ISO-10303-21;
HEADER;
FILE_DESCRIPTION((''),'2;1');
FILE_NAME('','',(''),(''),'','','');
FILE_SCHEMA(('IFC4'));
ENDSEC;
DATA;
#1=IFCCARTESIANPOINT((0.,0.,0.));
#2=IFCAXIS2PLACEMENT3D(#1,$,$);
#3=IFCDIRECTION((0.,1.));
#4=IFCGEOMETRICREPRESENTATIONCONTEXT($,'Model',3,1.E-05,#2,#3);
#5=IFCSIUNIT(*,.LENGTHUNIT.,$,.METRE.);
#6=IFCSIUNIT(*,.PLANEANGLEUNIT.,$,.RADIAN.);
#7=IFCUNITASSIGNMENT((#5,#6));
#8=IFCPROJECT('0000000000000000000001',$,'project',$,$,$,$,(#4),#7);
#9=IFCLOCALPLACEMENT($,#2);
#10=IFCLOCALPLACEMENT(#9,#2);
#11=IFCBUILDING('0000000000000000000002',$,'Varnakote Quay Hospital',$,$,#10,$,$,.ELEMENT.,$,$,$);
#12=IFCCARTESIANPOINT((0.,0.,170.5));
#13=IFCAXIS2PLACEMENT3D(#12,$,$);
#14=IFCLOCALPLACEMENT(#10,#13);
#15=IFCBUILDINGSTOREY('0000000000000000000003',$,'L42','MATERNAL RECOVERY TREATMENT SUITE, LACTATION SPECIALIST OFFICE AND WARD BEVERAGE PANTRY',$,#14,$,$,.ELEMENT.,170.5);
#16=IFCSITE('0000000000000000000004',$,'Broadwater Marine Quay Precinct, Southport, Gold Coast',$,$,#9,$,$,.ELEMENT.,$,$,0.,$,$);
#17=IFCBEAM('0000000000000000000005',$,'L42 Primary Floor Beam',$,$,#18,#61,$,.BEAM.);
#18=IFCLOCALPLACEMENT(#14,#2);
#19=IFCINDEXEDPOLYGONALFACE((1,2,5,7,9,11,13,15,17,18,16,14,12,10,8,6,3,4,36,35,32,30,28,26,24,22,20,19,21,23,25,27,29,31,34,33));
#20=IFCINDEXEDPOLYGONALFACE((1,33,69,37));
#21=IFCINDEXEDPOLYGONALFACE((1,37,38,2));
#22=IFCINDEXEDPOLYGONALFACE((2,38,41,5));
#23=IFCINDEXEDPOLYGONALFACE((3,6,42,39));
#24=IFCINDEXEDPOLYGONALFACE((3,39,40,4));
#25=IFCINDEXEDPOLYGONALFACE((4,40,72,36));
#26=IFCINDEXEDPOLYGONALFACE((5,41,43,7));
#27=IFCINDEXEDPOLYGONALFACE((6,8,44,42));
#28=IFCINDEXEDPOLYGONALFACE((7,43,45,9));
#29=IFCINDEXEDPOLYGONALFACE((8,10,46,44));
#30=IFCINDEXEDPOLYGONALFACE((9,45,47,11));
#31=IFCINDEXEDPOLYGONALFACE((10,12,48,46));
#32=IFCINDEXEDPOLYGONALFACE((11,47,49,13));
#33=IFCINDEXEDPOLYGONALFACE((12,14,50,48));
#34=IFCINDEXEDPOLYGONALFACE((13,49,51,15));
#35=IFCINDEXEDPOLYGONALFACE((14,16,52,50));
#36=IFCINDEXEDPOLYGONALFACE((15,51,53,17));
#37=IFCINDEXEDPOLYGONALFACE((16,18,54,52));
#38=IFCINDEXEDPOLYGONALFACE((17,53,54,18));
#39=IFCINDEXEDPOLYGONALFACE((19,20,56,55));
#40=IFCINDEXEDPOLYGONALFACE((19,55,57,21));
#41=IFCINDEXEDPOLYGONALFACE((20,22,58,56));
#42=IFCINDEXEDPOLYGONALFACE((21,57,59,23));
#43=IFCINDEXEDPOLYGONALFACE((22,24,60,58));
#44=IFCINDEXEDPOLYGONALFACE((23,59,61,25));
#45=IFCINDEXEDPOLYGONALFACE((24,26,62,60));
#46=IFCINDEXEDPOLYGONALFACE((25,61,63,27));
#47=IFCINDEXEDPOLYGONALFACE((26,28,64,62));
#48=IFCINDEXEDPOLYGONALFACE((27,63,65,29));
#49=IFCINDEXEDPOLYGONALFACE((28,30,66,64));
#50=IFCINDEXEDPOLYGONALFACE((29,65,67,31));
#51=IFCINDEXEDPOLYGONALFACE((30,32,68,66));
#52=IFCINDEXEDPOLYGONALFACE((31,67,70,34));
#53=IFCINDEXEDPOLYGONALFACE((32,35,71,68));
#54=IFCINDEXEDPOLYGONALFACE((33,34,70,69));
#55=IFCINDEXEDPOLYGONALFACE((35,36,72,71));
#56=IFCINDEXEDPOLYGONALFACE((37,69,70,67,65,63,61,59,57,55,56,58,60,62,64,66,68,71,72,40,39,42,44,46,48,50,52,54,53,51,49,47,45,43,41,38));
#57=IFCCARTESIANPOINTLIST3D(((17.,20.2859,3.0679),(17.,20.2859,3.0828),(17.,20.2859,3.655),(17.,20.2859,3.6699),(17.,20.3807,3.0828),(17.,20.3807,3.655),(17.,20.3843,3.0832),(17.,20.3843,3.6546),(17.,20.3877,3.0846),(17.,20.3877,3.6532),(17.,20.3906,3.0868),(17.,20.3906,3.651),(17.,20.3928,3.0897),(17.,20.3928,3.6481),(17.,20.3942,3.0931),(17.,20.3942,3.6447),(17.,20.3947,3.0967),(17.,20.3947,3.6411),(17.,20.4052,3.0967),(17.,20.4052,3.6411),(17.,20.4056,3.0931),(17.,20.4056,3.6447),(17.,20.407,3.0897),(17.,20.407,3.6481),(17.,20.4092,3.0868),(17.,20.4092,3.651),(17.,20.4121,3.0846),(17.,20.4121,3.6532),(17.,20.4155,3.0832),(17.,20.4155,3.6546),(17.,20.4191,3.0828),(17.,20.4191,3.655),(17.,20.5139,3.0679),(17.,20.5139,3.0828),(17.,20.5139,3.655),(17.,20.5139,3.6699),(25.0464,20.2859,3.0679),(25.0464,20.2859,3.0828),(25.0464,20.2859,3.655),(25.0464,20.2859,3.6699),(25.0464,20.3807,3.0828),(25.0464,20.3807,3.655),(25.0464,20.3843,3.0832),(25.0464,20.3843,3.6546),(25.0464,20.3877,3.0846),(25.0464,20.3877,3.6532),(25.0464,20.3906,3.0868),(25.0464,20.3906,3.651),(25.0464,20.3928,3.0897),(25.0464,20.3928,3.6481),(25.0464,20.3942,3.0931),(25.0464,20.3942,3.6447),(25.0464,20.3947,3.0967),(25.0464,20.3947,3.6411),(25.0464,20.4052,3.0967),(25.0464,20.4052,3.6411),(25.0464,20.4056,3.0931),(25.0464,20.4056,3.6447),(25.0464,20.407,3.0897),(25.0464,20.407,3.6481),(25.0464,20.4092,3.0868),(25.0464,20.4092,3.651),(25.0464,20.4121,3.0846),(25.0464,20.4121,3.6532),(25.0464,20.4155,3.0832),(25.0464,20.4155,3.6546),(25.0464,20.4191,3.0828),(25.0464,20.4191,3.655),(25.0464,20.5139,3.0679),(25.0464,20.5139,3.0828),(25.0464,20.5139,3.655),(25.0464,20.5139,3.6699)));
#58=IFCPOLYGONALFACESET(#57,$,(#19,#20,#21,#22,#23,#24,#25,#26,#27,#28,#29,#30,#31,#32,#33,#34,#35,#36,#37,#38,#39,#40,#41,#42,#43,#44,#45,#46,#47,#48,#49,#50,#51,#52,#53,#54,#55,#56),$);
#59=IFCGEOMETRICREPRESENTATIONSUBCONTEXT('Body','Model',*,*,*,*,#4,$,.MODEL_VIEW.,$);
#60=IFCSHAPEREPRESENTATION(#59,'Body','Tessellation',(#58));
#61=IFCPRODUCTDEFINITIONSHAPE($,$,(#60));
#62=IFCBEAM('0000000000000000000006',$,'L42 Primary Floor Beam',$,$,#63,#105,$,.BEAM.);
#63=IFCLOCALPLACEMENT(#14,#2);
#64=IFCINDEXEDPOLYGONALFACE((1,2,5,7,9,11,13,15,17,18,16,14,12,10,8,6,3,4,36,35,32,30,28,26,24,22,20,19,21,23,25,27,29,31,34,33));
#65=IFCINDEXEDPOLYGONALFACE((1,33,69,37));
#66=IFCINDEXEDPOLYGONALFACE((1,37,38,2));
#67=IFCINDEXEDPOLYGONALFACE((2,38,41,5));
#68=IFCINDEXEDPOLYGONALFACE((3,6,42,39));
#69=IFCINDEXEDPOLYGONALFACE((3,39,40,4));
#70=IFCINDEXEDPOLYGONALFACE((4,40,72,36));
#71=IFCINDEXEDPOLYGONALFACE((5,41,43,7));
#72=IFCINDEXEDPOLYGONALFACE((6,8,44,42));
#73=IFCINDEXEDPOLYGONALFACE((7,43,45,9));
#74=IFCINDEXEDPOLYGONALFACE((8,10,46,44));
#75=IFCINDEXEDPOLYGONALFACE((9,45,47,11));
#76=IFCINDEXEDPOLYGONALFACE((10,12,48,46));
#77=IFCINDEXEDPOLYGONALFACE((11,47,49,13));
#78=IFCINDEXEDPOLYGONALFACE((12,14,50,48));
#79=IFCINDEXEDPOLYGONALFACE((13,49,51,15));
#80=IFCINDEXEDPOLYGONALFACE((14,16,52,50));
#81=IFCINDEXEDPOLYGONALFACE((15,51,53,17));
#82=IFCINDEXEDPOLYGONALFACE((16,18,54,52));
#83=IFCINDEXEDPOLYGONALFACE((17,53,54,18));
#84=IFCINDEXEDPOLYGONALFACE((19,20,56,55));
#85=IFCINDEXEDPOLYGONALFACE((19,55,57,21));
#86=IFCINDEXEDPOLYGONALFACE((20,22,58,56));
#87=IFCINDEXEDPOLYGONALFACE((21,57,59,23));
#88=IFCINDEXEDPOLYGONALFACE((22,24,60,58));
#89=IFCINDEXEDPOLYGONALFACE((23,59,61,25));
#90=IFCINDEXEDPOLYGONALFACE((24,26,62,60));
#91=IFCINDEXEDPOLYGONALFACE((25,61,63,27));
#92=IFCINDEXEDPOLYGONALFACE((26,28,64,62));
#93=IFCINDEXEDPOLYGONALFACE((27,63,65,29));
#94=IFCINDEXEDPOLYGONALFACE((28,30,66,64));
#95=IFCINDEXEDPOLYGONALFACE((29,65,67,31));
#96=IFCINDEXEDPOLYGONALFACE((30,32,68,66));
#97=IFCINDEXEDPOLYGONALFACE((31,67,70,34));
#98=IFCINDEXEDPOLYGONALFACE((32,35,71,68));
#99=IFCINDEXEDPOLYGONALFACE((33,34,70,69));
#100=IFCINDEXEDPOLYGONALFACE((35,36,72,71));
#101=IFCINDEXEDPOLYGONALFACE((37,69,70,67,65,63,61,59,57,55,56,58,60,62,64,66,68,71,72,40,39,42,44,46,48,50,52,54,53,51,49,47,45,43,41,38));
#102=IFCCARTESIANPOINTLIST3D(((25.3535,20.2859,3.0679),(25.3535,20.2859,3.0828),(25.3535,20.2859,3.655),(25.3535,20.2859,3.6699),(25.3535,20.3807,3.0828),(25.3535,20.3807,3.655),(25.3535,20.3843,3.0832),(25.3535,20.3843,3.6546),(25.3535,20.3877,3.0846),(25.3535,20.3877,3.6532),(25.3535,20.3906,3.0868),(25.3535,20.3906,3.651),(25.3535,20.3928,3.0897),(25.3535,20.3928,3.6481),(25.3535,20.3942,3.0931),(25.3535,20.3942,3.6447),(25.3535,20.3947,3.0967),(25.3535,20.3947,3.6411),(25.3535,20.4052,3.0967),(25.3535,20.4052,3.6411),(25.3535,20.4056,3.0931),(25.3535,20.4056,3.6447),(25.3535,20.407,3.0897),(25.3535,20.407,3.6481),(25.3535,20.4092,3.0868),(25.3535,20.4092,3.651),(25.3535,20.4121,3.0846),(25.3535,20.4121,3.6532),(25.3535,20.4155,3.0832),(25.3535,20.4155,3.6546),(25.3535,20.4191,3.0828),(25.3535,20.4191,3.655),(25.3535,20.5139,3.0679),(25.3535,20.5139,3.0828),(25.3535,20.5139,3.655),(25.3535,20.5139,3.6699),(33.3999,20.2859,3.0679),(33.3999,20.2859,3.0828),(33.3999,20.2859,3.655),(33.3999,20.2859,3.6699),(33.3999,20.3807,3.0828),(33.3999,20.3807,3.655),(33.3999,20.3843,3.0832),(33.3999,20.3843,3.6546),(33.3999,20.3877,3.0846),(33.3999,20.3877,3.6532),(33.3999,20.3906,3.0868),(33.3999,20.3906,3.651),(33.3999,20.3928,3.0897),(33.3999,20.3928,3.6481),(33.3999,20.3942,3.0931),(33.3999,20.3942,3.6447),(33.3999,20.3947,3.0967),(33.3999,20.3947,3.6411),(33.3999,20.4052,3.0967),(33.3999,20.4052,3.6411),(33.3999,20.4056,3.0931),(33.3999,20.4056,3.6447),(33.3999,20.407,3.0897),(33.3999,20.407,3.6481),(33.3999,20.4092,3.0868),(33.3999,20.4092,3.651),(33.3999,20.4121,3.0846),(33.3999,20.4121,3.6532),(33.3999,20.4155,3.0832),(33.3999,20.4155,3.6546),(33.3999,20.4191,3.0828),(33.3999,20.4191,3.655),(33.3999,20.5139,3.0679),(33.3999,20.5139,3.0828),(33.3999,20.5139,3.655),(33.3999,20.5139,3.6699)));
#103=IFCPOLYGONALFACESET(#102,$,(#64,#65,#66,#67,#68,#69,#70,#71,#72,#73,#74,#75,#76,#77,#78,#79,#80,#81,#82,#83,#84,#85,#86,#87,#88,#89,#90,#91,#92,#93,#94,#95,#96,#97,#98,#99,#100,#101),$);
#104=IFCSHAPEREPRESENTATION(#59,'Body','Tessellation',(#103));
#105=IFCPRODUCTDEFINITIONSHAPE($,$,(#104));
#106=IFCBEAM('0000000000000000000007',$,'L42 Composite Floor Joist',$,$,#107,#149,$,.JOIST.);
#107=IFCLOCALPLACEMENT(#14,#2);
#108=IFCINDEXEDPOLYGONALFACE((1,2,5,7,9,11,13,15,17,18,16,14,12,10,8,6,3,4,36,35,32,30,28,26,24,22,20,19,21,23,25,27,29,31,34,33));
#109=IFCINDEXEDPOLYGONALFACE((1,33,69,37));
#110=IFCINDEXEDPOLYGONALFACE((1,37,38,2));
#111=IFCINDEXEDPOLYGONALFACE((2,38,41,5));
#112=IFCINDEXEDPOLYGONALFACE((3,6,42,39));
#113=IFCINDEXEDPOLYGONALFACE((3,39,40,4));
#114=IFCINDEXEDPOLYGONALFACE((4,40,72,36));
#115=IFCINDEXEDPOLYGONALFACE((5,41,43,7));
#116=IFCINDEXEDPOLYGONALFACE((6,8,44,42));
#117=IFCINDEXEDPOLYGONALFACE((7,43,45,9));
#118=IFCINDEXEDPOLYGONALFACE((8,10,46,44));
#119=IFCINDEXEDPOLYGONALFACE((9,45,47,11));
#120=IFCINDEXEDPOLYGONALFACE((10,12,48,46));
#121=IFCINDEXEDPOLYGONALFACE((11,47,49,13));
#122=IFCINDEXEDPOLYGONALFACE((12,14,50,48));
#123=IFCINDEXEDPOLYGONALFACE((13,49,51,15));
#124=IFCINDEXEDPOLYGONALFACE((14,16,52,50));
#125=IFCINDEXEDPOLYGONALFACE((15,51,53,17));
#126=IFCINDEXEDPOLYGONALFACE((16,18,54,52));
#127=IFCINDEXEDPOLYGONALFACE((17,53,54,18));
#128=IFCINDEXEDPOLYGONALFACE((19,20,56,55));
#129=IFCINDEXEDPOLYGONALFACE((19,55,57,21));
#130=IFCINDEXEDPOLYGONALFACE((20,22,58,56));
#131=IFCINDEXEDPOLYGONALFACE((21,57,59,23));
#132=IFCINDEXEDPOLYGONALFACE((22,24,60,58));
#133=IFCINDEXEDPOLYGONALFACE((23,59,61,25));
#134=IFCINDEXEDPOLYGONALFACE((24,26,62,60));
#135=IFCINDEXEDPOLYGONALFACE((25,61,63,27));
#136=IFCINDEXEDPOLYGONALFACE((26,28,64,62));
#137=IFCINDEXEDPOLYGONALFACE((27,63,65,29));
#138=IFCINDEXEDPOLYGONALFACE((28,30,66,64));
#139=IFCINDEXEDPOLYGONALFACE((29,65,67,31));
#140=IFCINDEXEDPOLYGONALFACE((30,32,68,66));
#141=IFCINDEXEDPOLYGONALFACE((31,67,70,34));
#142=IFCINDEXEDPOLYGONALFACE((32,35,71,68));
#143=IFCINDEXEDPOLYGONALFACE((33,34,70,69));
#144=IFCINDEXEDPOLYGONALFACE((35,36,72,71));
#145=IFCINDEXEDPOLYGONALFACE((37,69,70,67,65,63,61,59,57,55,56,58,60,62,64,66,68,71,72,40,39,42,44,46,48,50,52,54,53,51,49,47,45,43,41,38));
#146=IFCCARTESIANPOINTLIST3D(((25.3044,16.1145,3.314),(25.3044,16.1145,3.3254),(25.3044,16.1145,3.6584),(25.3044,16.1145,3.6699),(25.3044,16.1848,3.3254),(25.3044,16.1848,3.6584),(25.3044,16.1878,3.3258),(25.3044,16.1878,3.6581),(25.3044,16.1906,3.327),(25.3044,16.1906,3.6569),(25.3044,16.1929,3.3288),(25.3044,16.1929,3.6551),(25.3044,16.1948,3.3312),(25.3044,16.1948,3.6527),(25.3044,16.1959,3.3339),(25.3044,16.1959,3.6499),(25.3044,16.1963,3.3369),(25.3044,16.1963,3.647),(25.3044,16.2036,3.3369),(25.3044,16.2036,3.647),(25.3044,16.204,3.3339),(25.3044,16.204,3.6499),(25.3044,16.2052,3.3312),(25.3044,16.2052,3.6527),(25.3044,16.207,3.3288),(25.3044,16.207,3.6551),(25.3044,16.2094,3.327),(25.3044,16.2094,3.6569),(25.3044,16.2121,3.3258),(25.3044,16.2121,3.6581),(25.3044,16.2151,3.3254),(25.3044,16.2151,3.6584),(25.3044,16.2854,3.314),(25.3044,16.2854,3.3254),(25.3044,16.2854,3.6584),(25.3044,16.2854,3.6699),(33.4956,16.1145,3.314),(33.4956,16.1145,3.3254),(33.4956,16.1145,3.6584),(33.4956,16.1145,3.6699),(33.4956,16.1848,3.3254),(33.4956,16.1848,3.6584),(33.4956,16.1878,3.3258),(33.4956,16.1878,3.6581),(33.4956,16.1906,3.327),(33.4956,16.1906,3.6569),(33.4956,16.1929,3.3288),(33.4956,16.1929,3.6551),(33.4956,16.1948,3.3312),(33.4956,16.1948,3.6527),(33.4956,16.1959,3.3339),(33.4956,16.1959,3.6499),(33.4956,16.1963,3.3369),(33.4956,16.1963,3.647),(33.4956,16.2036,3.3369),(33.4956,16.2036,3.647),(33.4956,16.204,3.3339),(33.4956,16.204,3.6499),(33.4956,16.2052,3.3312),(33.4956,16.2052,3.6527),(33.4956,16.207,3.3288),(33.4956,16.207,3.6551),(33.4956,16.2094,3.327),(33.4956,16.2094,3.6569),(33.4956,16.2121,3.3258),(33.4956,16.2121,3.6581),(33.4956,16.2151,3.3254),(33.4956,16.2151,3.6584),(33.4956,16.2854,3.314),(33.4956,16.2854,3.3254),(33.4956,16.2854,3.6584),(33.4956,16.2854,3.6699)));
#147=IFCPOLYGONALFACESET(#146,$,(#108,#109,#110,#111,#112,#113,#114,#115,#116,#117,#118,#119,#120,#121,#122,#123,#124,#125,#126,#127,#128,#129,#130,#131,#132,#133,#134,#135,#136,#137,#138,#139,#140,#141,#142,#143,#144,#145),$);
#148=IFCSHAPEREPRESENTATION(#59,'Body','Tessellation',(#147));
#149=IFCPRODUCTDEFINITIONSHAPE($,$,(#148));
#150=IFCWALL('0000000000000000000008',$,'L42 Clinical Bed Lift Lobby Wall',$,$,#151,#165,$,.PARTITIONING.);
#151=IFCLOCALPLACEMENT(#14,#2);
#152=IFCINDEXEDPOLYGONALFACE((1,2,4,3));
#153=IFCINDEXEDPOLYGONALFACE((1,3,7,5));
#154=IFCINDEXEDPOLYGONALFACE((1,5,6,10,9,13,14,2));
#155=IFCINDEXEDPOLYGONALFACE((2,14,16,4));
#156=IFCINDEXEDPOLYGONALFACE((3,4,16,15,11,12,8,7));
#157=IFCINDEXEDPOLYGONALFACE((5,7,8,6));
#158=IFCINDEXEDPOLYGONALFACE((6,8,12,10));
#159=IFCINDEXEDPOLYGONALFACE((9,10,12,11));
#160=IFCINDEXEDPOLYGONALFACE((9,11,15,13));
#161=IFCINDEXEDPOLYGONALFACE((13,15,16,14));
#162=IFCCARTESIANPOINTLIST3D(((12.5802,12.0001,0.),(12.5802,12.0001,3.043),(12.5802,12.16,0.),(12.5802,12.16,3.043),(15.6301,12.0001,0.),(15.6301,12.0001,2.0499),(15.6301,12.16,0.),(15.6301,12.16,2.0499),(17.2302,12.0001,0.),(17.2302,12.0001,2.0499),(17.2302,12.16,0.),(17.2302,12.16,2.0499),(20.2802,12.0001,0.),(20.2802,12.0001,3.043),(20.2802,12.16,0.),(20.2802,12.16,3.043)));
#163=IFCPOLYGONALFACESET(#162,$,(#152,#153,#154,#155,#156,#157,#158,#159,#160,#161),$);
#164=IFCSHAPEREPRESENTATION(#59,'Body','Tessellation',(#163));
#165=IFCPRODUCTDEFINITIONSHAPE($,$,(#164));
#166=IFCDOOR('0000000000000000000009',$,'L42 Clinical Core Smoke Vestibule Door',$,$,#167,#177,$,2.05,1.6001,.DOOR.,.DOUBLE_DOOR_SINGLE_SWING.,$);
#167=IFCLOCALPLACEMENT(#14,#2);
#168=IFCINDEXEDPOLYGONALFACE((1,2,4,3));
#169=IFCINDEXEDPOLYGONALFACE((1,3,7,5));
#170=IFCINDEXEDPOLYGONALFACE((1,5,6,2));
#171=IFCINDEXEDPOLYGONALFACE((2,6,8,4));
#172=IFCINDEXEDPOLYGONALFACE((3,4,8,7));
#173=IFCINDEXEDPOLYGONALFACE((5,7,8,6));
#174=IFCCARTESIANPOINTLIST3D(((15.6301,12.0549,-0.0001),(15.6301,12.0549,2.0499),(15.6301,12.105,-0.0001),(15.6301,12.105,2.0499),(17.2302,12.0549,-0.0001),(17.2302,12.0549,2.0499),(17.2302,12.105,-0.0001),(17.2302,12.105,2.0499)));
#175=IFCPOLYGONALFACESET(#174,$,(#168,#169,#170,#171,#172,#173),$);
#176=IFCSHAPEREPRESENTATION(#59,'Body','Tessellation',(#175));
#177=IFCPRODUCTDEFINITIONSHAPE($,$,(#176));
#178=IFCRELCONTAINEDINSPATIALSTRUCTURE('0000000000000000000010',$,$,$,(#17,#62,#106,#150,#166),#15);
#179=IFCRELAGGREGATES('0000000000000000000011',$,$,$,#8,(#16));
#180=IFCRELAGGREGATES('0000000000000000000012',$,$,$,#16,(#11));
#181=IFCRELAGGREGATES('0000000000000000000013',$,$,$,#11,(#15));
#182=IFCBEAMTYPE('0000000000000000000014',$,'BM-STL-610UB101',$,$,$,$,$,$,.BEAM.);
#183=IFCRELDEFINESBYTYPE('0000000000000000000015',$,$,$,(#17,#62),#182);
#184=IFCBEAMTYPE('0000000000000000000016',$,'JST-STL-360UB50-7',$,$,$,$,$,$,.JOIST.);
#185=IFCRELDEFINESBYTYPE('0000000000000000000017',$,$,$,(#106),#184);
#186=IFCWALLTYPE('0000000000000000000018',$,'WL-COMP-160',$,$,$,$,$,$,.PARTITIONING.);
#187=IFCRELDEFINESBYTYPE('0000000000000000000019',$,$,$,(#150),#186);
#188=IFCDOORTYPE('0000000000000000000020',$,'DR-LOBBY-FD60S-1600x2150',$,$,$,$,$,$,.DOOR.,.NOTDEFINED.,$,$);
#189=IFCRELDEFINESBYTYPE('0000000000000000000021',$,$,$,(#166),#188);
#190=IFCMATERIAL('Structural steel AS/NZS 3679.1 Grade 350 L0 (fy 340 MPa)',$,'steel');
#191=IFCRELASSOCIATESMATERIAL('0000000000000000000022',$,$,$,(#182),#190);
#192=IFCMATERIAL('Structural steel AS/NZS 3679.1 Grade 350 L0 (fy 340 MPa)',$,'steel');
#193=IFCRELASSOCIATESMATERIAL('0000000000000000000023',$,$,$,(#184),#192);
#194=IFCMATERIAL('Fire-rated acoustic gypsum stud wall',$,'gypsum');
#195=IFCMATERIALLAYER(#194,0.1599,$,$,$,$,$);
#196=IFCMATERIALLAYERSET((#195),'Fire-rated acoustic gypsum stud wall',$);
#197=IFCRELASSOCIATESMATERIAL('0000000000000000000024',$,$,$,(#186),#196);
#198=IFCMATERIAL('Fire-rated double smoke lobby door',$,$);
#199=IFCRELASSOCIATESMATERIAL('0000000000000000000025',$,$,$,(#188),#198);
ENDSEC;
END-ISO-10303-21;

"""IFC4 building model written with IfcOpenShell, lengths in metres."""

from ifc_helpers import new_model, si_unit, direction, frame, frame_2d, origin, origin_2d, place, context, subcontext, project, spatial, rectangle, i_section, extrude, material, layer, layer_set, material_profile, profile_set, type_object, element, fill, save


model = new_model("IFC4")

# Units and contexts
model_context = context("Model", 3, precision=1e-05, world=origin(), true_north=direction((0.0, 1.0)))
body_context = subcontext(model_context, "Body", "Model", "MODEL_VIEW")
ifc_project = project(units=[si_unit("LENGTHUNIT", "METRE"), si_unit("PLANEANGLEUNIT", "RADIAN")], contexts=[model_context])

# Site, building, storey
site_placement = place(None, origin())
site = spatial("IfcSite", under=ifc_project, at=site_placement, Name="Broadwater Marine Quay Precinct, Southport, Gold Coast", CompositionType="ELEMENT", RefElevation=0.0)
building_placement = place(site_placement, origin())
building = spatial("IfcBuilding", under=site, at=building_placement, Name="Varnakote Quay Hospital", CompositionType="ELEMENT")
storey_placement = place(building_placement, frame((0.0, 0.0, 170.5)))
storey = spatial("IfcBuildingStorey", under=building, at=storey_placement, Name="L42", Description="MATERNAL RECOVERY TREATMENT SUITE, LACTATION SPECIALIST OFFICE AND WARD BEVERAGE PANTRY", CompositionType="ELEMENT", Elevation=170.5)

# Beams
ifc_material_1 = material(Name="Structural steel AS/NZS 3679.1 Grade 350 L0 (fy 340 MPa)", Category="steel")
ifc_material_profile_1 = material_profile(ifc_material_1, i_section(OverallWidth=0.228, OverallDepth=0.6021, WebThickness=0.0105, FlangeThickness=0.0149, FilletRadius=0.0139, at=origin_2d()), Name="610UB101")
ifc_profile_set_1 = profile_set([ifc_material_profile_1], Name="Structural steel AS/NZS 3679.1 Grade 350 L0 (fy 340 MPa)")
beam_type_1 = type_object("IfcBeamType", Name="BM-STL-610UB101", PredefinedType="BEAM", material=ifc_profile_set_1)
for number, where, z_axis, x_axis, name in (
    (1, (17.0, 20.3999, 3.3689), (1.0, 0.0, 0.0), (0.0, 1.0, 0.0), "L42 Primary Floor Beam"),
    (2, (25.3535, 20.3999, 3.3689), (1.0, 0.0, 0.0), (0.0, 1.0, 0.0), "L42 Primary Floor Beam"),
):
    element("IfcBeam", number, at=place(storey_placement, frame(where, z_axis=z_axis, x_axis=x_axis)), inside=storey, type_object=beam_type_1, Name=name, PredefinedType="BEAM", context=body_context, shape_type="SweptSolid", body=[
        extrude(i_section(OverallWidth=0.228, OverallDepth=0.6021, WebThickness=0.0105, FlangeThickness=0.0149, FilletRadius=0.0139, at=origin_2d()), origin(), (0.0, 0.0, 1.0), 8.0464),
    ])
ifc_material_2 = material(Name="Structural steel AS/NZS 3679.1 Grade 350 L0 (fy 340 MPa)", Category="steel")
ifc_material_profile_2 = material_profile(ifc_material_2, i_section(OverallWidth=0.1709, OverallDepth=0.356, WebThickness=0.0073, FlangeThickness=0.0115, FilletRadius=0.0115, at=origin_2d()), Name="360UB50.7")
ifc_profile_set_2 = profile_set([ifc_material_profile_2], Name="Structural steel AS/NZS 3679.1 Grade 350 L0 (fy 340 MPa)")
beam_type_2 = type_object("IfcBeamType", Name="JST-STL-360UB50-7", PredefinedType="JOIST", material=ifc_profile_set_2)
beam_1_placement = place(storey_placement, frame((25.3044, 16.2, 3.4919), z_axis=(1.0, 0.0, 0.0), x_axis=(0.0, 1.0, 0.0)))
element("IfcBeam", 3, at=beam_1_placement, inside=storey, type_object=beam_type_2, Name="L42 Composite Floor Joist", PredefinedType="JOIST", context=body_context, shape_type="SweptSolid", body=[
    extrude(i_section(OverallWidth=0.1709, OverallDepth=0.356, WebThickness=0.0073, FlangeThickness=0.0115, FilletRadius=0.0115, at=origin_2d()), origin(), (0.0, 0.0, 1.0), 8.1912),
])

# Wall, opening, door
ifc_material_3 = material(Name="Fire-rated acoustic gypsum stud wall", Category="gypsum")
ifc_layer_1 = layer(ifc_material_3, 0.1599)
ifc_layer_set_1 = layer_set([ifc_layer_1], Name="Fire-rated acoustic gypsum stud wall")
wall_type_1 = type_object("IfcWallType", Name="WL-COMP-160", PredefinedType="PARTITIONING", material=ifc_layer_set_1)
wall_1_placement = place(storey_placement, frame((12.5801, 12.0801, 0.0), z_axis=(0.0, 0.0, 1.0), x_axis=(1.0, 0.0, 0.0)))
wall_1 = element("IfcWall", 4, at=wall_1_placement, inside=storey, type_object=wall_type_1, Name="L42 Clinical Bed Lift Lobby Wall", PredefinedType="PARTITIONING", context=body_context, shape_type="SweptSolid", body=[
    extrude(rectangle(XDim=7.7, YDim=0.1599, at=frame_2d((3.8501, 0.0))), origin(), (0.0, 0.0, 1.0), 3.043),
])
opening_1_placement = place(wall_1_placement, frame((3.05, 0.0, 0.0)))
opening_1 = element("IfcOpeningElement", 5, at=opening_1_placement, cuts=wall_1, PredefinedType="OPENING", context=body_context, shape_type="SweptSolid", body=[
    extrude(rectangle(XDim=1.6001, YDim=2.05, at=frame_2d((0.8, 1.0249))), frame((0.0, 0.0898, 0.0), z_axis=(0.0, -1.0, 0.0), x_axis=(1.0, 0.0, 0.0)), (0.0, 0.0, 1.0), 0.1799),
])
ifc_material_4 = material(Name="Fire-rated double smoke lobby door")
door_type_1 = type_object("IfcDoorType", Name="DR-LOBBY-FD60S-1600x2150", OperationType="NOTDEFINED", PredefinedType="DOOR", material=ifc_material_4)
door_1_placement = place(opening_1_placement, origin())
door_1 = element("IfcDoor", 6, at=door_1_placement, inside=storey, type_object=door_type_1, Name="L42 Clinical Core Smoke Vestibule Door", OperationType="DOUBLE_DOOR_SINGLE_SWING", OverallHeight=2.05, OverallWidth=1.6001, PredefinedType="DOOR", context=body_context, shape_type="SweptSolid", body=[
    extrude(rectangle(XDim=1.6001, YDim=2.05, at=frame_2d((0.8, 1.0249))), frame((0.0, 0.0249, 0.0), z_axis=(0.0, -1.0, 0.0), x_axis=(1.0, 0.0, 0.0)), (0.0, 0.0, 1.0), 0.05),
])
fill(opening_1, door_1)

save(model, "model.ifc")
